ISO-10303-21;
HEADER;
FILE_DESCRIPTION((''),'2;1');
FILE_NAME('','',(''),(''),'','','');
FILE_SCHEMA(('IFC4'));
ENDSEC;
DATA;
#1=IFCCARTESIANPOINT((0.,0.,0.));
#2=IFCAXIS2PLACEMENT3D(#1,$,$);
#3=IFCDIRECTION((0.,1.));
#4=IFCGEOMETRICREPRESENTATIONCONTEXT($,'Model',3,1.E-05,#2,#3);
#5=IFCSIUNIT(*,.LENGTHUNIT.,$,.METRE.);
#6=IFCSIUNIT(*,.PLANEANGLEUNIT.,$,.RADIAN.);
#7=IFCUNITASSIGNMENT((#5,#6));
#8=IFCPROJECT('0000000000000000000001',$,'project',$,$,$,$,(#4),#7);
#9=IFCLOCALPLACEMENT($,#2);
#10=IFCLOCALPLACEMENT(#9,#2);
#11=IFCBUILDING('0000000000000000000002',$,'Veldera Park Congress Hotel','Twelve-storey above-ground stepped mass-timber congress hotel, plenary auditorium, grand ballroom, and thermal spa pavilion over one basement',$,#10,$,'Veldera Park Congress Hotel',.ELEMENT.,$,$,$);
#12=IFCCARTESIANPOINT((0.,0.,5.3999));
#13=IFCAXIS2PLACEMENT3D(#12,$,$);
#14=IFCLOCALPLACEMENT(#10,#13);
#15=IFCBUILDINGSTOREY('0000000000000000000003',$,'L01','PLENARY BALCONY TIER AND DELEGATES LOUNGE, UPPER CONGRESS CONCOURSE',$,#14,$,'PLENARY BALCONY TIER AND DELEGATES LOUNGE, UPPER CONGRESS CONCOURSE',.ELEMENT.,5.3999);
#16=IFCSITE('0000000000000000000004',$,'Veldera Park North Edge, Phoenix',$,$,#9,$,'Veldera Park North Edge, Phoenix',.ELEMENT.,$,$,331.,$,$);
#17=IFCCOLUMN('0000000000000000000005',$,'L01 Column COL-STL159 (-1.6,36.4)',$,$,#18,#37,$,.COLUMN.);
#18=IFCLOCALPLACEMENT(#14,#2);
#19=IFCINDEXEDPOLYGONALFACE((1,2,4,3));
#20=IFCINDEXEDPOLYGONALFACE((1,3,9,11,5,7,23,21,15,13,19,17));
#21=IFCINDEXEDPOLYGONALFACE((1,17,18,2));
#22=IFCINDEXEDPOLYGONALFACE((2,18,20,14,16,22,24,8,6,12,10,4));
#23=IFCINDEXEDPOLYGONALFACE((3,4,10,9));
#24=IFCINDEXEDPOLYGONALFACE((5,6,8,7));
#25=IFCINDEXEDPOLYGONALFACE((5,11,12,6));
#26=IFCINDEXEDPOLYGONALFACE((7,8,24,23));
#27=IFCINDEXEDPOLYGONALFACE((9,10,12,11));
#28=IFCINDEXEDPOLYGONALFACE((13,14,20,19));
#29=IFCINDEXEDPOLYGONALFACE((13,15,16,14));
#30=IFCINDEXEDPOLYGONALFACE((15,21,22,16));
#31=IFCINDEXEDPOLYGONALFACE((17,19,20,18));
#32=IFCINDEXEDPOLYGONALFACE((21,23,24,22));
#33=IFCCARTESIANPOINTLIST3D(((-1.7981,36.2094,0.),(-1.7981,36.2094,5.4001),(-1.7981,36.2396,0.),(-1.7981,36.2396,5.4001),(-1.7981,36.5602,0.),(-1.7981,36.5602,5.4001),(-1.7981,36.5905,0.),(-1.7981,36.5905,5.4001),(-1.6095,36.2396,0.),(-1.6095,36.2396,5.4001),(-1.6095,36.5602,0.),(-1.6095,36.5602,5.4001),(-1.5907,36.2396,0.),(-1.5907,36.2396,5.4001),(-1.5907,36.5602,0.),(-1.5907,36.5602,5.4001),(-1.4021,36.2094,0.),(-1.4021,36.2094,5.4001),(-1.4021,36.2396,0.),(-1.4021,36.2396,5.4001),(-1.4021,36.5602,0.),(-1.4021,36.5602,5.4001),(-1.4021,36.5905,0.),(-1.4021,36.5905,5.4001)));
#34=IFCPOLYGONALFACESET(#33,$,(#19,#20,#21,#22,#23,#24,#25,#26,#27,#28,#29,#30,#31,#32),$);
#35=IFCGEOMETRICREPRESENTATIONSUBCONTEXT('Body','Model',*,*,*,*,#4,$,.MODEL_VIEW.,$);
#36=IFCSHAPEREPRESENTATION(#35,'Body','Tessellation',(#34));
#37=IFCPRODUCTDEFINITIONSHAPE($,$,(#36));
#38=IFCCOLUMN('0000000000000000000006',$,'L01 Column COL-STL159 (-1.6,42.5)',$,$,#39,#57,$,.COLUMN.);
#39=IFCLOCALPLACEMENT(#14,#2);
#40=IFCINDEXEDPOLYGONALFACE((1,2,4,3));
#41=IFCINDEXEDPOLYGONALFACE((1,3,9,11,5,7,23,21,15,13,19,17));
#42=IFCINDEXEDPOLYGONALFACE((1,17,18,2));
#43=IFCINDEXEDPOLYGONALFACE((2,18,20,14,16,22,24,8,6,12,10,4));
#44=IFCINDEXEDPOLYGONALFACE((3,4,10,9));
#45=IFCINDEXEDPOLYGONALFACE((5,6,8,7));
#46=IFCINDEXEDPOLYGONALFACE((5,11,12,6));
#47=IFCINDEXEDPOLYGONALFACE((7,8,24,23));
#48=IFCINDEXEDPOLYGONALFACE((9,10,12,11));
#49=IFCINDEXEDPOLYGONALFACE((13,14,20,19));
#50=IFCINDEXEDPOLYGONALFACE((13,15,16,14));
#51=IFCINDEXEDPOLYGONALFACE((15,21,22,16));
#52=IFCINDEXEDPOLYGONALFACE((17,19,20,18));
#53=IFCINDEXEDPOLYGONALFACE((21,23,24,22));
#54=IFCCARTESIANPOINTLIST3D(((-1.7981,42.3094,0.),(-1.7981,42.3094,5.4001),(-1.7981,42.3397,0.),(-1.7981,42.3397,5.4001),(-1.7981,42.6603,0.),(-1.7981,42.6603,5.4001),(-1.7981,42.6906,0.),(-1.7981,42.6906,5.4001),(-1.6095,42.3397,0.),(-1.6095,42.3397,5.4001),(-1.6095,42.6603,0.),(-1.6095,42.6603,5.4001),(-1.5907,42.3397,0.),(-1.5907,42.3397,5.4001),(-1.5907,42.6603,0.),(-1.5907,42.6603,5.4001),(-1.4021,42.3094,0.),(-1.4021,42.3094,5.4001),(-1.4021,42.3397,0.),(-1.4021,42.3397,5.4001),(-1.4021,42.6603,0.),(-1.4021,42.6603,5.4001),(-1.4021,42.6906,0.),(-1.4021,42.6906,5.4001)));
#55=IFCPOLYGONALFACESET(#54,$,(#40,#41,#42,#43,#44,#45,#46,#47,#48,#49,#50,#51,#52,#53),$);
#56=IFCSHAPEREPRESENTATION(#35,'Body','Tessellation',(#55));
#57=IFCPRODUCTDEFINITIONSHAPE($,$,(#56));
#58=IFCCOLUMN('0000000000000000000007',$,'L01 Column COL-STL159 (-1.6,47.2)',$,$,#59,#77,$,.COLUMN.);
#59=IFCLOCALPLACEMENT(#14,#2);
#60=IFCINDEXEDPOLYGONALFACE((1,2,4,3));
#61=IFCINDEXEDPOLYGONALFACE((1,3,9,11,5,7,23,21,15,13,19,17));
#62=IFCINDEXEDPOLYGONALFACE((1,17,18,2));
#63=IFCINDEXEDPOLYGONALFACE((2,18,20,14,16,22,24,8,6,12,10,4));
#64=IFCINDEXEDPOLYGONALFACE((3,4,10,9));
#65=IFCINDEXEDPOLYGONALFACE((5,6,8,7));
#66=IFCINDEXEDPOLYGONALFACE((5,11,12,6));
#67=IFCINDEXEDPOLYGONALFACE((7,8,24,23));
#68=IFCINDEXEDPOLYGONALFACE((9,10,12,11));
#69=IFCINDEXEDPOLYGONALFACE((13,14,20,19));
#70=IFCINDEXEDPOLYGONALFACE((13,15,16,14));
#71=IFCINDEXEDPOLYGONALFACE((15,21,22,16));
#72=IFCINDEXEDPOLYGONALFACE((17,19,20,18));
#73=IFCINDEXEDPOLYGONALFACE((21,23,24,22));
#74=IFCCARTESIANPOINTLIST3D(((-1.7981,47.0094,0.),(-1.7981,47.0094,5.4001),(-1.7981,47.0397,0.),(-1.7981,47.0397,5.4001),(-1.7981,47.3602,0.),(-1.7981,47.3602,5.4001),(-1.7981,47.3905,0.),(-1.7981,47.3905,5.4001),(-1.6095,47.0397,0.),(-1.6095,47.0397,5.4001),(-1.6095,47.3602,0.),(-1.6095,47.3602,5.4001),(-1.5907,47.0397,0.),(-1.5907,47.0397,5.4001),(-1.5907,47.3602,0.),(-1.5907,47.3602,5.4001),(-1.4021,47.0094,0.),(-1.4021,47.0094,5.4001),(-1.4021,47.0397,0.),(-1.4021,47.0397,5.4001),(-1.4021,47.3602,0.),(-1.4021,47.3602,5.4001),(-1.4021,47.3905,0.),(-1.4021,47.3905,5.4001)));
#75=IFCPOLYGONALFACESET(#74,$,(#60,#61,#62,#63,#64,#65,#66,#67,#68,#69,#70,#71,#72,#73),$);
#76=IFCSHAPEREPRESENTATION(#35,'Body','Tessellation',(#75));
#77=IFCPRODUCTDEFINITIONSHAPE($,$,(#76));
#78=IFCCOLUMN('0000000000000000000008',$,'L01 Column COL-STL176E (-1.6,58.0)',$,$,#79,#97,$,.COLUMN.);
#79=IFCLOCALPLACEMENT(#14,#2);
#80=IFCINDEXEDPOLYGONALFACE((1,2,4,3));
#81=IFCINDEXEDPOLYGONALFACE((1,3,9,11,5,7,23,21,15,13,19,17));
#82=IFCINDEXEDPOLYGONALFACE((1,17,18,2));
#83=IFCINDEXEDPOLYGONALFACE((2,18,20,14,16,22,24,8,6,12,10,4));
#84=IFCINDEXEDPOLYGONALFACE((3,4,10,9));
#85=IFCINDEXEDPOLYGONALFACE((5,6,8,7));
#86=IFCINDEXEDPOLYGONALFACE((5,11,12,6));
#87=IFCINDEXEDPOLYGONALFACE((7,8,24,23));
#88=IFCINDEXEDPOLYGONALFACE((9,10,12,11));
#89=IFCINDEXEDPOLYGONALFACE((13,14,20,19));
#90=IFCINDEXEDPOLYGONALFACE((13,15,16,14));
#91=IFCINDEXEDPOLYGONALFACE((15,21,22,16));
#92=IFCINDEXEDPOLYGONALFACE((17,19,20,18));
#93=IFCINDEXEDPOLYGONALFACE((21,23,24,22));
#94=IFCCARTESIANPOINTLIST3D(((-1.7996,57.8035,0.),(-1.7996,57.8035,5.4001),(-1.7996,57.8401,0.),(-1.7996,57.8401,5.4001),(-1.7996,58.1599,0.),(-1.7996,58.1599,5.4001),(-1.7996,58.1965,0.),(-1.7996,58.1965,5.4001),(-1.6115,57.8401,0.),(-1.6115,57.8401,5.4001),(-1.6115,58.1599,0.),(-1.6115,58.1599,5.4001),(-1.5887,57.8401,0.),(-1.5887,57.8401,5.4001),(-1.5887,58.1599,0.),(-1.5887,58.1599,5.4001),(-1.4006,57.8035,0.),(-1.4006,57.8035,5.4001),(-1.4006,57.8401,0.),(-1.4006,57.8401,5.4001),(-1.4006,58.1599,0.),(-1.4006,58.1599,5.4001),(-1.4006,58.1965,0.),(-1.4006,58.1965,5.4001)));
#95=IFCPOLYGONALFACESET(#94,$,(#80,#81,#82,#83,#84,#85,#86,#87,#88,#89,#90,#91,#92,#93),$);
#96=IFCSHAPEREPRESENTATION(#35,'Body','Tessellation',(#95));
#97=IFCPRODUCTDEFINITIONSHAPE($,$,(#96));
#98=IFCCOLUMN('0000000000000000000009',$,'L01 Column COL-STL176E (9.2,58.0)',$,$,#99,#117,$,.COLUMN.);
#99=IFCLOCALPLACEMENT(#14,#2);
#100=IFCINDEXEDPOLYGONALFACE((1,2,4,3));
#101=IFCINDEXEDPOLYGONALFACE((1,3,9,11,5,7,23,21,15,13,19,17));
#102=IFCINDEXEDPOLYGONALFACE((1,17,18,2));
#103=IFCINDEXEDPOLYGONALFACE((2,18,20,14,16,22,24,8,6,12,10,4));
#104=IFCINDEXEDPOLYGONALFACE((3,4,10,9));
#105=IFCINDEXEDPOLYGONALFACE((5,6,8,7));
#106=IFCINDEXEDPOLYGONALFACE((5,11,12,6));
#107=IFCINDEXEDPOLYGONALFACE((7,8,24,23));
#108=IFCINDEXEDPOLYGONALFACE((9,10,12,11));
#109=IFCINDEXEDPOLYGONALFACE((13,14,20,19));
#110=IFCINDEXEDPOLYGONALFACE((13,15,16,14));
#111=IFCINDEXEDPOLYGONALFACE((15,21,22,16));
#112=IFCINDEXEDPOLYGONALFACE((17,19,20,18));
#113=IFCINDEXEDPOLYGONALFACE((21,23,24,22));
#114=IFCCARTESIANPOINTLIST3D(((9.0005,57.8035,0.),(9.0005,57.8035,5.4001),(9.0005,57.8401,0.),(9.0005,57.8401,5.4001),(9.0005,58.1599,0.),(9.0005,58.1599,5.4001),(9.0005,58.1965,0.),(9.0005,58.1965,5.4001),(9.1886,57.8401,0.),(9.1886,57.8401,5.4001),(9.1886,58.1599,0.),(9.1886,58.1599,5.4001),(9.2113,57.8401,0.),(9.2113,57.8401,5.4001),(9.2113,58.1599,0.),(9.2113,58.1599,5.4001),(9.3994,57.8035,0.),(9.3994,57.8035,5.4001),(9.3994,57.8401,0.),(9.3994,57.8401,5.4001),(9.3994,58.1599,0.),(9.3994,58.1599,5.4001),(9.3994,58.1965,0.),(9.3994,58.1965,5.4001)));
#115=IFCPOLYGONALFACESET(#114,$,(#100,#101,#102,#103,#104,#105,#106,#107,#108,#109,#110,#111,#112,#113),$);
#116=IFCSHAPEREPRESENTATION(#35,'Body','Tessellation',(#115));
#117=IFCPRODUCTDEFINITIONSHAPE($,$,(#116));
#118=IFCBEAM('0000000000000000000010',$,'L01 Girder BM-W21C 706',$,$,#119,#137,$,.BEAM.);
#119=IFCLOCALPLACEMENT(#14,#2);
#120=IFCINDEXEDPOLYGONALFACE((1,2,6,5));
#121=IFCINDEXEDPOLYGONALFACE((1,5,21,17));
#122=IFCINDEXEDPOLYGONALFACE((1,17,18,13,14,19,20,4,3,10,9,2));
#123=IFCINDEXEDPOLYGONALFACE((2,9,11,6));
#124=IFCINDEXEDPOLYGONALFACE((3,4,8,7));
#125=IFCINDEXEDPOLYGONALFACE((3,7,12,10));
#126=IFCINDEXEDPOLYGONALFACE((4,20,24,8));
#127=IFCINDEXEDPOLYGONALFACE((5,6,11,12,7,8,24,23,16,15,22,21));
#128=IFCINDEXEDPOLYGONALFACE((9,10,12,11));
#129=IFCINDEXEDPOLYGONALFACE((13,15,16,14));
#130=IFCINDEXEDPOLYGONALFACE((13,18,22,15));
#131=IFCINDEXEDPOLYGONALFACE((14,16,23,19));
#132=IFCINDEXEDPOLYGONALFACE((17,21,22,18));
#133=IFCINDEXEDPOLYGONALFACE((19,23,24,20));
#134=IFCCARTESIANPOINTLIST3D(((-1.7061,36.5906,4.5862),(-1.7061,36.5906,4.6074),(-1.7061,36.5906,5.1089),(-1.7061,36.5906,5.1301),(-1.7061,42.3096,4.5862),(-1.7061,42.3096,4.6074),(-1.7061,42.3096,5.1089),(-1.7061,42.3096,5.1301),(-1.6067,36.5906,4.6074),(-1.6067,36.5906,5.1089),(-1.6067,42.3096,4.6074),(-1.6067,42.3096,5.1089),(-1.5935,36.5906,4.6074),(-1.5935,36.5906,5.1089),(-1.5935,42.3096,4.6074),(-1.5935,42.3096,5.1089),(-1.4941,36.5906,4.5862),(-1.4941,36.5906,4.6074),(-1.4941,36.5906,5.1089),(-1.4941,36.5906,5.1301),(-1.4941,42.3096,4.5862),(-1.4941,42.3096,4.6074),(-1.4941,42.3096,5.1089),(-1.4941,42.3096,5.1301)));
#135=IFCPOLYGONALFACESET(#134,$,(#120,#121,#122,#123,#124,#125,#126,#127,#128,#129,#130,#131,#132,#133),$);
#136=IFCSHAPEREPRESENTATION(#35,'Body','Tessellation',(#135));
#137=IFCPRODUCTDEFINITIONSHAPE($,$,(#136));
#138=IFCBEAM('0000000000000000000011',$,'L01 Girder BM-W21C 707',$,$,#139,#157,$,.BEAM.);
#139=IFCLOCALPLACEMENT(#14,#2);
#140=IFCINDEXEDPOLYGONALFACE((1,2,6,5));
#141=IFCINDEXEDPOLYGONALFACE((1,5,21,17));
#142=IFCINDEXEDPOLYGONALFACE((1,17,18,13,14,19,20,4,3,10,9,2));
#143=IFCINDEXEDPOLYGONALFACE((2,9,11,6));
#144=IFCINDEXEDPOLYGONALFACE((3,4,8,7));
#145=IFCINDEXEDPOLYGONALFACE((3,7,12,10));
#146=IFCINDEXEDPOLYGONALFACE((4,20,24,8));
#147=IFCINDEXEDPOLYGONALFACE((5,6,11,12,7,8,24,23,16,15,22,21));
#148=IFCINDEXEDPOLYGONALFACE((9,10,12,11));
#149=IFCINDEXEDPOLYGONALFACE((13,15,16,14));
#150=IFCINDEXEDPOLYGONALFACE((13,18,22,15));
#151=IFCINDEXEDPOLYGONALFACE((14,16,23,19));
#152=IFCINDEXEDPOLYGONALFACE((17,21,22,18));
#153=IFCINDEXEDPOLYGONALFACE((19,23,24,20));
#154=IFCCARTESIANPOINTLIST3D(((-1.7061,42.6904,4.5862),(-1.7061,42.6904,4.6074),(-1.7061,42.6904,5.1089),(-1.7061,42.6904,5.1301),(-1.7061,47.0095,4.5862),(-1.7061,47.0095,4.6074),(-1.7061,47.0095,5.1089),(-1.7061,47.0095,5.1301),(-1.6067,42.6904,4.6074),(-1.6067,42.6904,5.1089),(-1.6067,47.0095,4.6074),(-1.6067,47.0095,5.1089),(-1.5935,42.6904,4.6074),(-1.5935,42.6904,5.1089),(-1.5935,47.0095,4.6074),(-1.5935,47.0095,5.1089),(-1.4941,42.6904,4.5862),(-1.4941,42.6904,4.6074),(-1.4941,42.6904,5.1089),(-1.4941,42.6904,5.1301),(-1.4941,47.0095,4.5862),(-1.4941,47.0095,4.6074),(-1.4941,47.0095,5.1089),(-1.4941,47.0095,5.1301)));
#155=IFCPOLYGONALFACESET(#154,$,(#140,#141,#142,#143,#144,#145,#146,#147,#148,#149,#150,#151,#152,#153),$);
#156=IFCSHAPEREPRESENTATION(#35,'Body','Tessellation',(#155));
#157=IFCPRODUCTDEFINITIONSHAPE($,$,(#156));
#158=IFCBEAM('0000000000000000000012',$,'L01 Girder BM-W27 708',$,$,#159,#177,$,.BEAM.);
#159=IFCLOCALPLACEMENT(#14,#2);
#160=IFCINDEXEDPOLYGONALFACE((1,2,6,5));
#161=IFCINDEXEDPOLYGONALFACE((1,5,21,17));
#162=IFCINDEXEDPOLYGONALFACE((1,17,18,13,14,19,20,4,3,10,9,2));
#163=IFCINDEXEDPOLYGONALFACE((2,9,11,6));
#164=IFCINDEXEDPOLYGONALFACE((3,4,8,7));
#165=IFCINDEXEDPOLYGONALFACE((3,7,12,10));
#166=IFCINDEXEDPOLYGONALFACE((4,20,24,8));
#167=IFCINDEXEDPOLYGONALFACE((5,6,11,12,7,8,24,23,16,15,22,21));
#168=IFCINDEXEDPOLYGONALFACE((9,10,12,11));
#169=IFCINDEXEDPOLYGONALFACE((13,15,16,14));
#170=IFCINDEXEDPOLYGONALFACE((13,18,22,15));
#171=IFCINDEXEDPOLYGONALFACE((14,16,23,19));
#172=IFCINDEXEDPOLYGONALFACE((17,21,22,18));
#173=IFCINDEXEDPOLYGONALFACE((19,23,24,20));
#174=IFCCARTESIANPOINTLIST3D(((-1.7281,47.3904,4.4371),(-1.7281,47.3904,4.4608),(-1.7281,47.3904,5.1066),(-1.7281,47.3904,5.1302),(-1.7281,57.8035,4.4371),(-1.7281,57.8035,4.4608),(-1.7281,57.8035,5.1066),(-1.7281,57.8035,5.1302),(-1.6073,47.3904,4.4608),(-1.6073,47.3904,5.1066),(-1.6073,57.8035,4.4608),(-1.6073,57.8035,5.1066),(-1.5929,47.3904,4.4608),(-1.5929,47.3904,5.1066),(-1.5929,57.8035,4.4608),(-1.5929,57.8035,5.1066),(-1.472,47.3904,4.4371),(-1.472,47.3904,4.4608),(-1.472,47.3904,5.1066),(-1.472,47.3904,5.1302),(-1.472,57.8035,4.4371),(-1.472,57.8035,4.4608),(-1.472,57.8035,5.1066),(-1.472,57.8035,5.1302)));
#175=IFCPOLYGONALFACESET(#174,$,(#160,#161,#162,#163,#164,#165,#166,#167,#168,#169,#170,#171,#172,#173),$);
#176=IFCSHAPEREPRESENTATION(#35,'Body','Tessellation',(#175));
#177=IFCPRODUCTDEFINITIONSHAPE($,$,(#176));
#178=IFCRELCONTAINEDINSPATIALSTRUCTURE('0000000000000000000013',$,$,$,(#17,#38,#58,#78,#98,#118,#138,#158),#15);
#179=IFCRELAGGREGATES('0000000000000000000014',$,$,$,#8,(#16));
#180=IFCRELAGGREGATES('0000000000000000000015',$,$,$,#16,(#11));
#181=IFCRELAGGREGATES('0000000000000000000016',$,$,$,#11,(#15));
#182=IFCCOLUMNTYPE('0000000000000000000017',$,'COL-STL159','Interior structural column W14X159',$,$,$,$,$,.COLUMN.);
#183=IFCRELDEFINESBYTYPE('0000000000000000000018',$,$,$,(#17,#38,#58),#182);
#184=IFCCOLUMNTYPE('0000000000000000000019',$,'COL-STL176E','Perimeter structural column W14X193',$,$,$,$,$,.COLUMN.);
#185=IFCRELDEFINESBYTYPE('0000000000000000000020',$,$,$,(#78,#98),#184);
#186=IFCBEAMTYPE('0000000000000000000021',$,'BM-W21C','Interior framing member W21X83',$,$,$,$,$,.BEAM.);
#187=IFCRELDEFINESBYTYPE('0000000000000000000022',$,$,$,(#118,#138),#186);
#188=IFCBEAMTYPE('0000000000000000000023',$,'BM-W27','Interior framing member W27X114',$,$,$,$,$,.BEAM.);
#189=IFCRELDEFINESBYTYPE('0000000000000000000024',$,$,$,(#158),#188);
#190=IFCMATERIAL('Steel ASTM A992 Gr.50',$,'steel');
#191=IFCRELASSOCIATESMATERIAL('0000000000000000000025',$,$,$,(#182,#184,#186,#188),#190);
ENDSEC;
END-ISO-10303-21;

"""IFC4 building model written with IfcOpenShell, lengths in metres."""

from ifc_helpers import new_model, si_unit, direction, frame, origin, origin_2d, place, context, subcontext, project, spatial, i_section, extrude, material, material_profile, profile_set, type_object, element, save


model = new_model("IFC4")

# Units and contexts
model_context = context("Model", 3, precision=1e-05, world=origin(), true_north=direction((0.0, 1.0)))
body_context = subcontext(model_context, "Body", "Model", "MODEL_VIEW")
ifc_project = project(units=[si_unit("LENGTHUNIT", "METRE"), si_unit("PLANEANGLEUNIT", "RADIAN")], contexts=[model_context])

# Site, building, storey
site_placement = place(None, origin())
site = spatial("IfcSite", under=ifc_project, at=site_placement, Name="Veldera Park North Edge, Phoenix", LongName="Veldera Park North Edge, Phoenix", CompositionType="ELEMENT", RefElevation=331.0)
building_placement = place(site_placement, origin())
building = spatial("IfcBuilding", under=site, at=building_placement, Name="Veldera Park Congress Hotel", Description="Twelve-storey above-ground stepped mass-timber congress hotel, plenary auditorium, grand ballroom, and thermal spa pavilion over one basement", LongName="Veldera Park Congress Hotel", CompositionType="ELEMENT")
storey_placement = place(building_placement, frame((0.0, 0.0, 5.3999)))
storey = spatial("IfcBuildingStorey", under=building, at=storey_placement, Name="L01", Description="PLENARY BALCONY TIER AND DELEGATES LOUNGE, UPPER CONGRESS CONCOURSE", LongName="PLENARY BALCONY TIER AND DELEGATES LOUNGE, UPPER CONGRESS CONCOURSE", CompositionType="ELEMENT", Elevation=5.3999)

# Columns
ifc_material_1 = material(Name="Steel ASTM A992 Gr.50", Category="steel")
ifc_material_profile_1 = material_profile(ifc_material_1, i_section(OverallWidth=0.396, OverallDepth=0.3811, WebThickness=0.0188, FlangeThickness=0.0303, at=origin_2d()), Name="W14X159")
ifc_profile_set_1 = profile_set([ifc_material_profile_1], Name="Steel ASTM A992 Gr.50")
column_type_1 = type_object("IfcColumnType", Name="COL-STL159", Description="Interior structural column W14X159", PredefinedType="COLUMN", material=ifc_profile_set_1)
for number, where, z_axis, x_axis, name in (
    (1, (-1.6001, 36.3999, 0.0), (0.0, 0.0, 1.0), (1.0, 0.0, 0.0), "L01 Column COL-STL159 (-1.6,36.4)"),
    (2, (-1.6001, 42.5, 0.0), (0.0, 0.0, 1.0), (1.0, 0.0, 0.0), "L01 Column COL-STL159 (-1.6,42.5)"),
    (3, (-1.6001, 47.2, 0.0), (0.0, 0.0, 1.0), (1.0, 0.0, 0.0), "L01 Column COL-STL159 (-1.6,47.2)"),
):
    element("IfcColumn", number, at=place(storey_placement, frame(where, z_axis=z_axis, x_axis=x_axis)), inside=storey, type_object=column_type_1, Name=name, PredefinedType="COLUMN", context=body_context, shape_type="SweptSolid", body=[
        extrude(i_section(OverallWidth=0.396, OverallDepth=0.3811, WebThickness=0.0188, FlangeThickness=0.0303, at=origin_2d()), origin(), (0.0, 0.0, 1.0), 5.4001),
    ])
ifc_material_profile_2 = material_profile(ifc_material_1, i_section(OverallWidth=0.3989, OverallDepth=0.3931, WebThickness=0.0227, FlangeThickness=0.0366, at=origin_2d()), Name="W14X193")
ifc_profile_set_2 = profile_set([ifc_material_profile_2], Name="Steel ASTM A992 Gr.50")
column_type_2 = type_object("IfcColumnType", Name="COL-STL176E", Description="Perimeter structural column W14X193", PredefinedType="COLUMN", material=ifc_profile_set_2)
for number, where, z_axis, x_axis, name in (
    (4, (-1.6001, 58.0, 0.0), (0.0, 0.0, 1.0), (1.0, 0.0, 0.0), "L01 Column COL-STL176E (-1.6,58.0)"),
    (5, (9.2, 58.0, 0.0), (0.0, 0.0, 1.0), (1.0, 0.0, 0.0), "L01 Column COL-STL176E (9.2,58.0)"),
):
    element("IfcColumn", number, at=place(storey_placement, frame(where, z_axis=z_axis, x_axis=x_axis)), inside=storey, type_object=column_type_2, Name=name, PredefinedType="COLUMN", context=body_context, shape_type="SweptSolid", body=[
        extrude(i_section(OverallWidth=0.3989, OverallDepth=0.3931, WebThickness=0.0227, FlangeThickness=0.0366, at=origin_2d()), origin(), (0.0, 0.0, 1.0), 5.4001),
    ])

# Beams
ifc_material_profile_3 = material_profile(ifc_material_1, i_section(OverallWidth=0.2119, OverallDepth=0.5439, WebThickness=0.0132, FlangeThickness=0.0212, at=origin_2d()), Name="W21X83")
ifc_profile_set_3 = profile_set([ifc_material_profile_3], Name="Steel ASTM A992 Gr.50")
beam_type_1 = type_object("IfcBeamType", Name="BM-W21C", Description="Interior framing member W21X83", PredefinedType="BEAM", material=ifc_profile_set_3)
beam_1_placement = place(storey_placement, frame((-1.6001, 36.5906, 4.8582), z_axis=(0.0, 1.0, 0.0), x_axis=(-1.0, 0.0, 0.0)))
element("IfcBeam", 6, at=beam_1_placement, inside=storey, type_object=beam_type_1, Name="L01 Girder BM-W21C 706", PredefinedType="BEAM", context=body_context, shape_type="SweptSolid", body=[
    extrude(i_section(OverallWidth=0.2119, OverallDepth=0.5439, WebThickness=0.0132, FlangeThickness=0.0212, at=origin_2d()), origin(), (0.0, 0.0, 1.0), 5.719),
])
beam_2_placement = place(storey_placement, frame((-1.6001, 42.6904, 4.8582), z_axis=(0.0, 1.0, 0.0), x_axis=(-1.0, 0.0, 0.0)))
element("IfcBeam", 7, at=beam_2_placement, inside=storey, type_object=beam_type_1, Name="L01 Girder BM-W21C 707", PredefinedType="BEAM", context=body_context, shape_type="SweptSolid", body=[
    extrude(i_section(OverallWidth=0.2119, OverallDepth=0.5439, WebThickness=0.0132, FlangeThickness=0.0212, at=origin_2d()), origin(), (0.0, 0.0, 1.0), 4.3191),
])
ifc_material_profile_4 = material_profile(ifc_material_1, i_section(OverallWidth=0.2561, OverallDepth=0.6931, WebThickness=0.0144, FlangeThickness=0.0237, at=origin_2d()), Name="W27X114")
ifc_profile_set_4 = profile_set([ifc_material_profile_4], Name="Steel ASTM A992 Gr.50")
beam_type_2 = type_object("IfcBeamType", Name="BM-W27", Description="Interior framing member W27X114", PredefinedType="BEAM", material=ifc_profile_set_4)
beam_3_placement = place(storey_placement, frame((-1.6001, 47.3904, 4.7837), z_axis=(0.0, 1.0, 0.0), x_axis=(-1.0, 0.0, 0.0)))
element("IfcBeam", 8, at=beam_3_placement, inside=storey, type_object=beam_type_2, Name="L01 Girder BM-W27 708", PredefinedType="BEAM", context=body_context, shape_type="SweptSolid", body=[
    extrude(i_section(OverallWidth=0.2561, OverallDepth=0.6931, WebThickness=0.0144, FlangeThickness=0.0237, at=origin_2d()), origin(), (0.0, 0.0, 1.0), 10.4131),
])

save(model, "model.ifc")
